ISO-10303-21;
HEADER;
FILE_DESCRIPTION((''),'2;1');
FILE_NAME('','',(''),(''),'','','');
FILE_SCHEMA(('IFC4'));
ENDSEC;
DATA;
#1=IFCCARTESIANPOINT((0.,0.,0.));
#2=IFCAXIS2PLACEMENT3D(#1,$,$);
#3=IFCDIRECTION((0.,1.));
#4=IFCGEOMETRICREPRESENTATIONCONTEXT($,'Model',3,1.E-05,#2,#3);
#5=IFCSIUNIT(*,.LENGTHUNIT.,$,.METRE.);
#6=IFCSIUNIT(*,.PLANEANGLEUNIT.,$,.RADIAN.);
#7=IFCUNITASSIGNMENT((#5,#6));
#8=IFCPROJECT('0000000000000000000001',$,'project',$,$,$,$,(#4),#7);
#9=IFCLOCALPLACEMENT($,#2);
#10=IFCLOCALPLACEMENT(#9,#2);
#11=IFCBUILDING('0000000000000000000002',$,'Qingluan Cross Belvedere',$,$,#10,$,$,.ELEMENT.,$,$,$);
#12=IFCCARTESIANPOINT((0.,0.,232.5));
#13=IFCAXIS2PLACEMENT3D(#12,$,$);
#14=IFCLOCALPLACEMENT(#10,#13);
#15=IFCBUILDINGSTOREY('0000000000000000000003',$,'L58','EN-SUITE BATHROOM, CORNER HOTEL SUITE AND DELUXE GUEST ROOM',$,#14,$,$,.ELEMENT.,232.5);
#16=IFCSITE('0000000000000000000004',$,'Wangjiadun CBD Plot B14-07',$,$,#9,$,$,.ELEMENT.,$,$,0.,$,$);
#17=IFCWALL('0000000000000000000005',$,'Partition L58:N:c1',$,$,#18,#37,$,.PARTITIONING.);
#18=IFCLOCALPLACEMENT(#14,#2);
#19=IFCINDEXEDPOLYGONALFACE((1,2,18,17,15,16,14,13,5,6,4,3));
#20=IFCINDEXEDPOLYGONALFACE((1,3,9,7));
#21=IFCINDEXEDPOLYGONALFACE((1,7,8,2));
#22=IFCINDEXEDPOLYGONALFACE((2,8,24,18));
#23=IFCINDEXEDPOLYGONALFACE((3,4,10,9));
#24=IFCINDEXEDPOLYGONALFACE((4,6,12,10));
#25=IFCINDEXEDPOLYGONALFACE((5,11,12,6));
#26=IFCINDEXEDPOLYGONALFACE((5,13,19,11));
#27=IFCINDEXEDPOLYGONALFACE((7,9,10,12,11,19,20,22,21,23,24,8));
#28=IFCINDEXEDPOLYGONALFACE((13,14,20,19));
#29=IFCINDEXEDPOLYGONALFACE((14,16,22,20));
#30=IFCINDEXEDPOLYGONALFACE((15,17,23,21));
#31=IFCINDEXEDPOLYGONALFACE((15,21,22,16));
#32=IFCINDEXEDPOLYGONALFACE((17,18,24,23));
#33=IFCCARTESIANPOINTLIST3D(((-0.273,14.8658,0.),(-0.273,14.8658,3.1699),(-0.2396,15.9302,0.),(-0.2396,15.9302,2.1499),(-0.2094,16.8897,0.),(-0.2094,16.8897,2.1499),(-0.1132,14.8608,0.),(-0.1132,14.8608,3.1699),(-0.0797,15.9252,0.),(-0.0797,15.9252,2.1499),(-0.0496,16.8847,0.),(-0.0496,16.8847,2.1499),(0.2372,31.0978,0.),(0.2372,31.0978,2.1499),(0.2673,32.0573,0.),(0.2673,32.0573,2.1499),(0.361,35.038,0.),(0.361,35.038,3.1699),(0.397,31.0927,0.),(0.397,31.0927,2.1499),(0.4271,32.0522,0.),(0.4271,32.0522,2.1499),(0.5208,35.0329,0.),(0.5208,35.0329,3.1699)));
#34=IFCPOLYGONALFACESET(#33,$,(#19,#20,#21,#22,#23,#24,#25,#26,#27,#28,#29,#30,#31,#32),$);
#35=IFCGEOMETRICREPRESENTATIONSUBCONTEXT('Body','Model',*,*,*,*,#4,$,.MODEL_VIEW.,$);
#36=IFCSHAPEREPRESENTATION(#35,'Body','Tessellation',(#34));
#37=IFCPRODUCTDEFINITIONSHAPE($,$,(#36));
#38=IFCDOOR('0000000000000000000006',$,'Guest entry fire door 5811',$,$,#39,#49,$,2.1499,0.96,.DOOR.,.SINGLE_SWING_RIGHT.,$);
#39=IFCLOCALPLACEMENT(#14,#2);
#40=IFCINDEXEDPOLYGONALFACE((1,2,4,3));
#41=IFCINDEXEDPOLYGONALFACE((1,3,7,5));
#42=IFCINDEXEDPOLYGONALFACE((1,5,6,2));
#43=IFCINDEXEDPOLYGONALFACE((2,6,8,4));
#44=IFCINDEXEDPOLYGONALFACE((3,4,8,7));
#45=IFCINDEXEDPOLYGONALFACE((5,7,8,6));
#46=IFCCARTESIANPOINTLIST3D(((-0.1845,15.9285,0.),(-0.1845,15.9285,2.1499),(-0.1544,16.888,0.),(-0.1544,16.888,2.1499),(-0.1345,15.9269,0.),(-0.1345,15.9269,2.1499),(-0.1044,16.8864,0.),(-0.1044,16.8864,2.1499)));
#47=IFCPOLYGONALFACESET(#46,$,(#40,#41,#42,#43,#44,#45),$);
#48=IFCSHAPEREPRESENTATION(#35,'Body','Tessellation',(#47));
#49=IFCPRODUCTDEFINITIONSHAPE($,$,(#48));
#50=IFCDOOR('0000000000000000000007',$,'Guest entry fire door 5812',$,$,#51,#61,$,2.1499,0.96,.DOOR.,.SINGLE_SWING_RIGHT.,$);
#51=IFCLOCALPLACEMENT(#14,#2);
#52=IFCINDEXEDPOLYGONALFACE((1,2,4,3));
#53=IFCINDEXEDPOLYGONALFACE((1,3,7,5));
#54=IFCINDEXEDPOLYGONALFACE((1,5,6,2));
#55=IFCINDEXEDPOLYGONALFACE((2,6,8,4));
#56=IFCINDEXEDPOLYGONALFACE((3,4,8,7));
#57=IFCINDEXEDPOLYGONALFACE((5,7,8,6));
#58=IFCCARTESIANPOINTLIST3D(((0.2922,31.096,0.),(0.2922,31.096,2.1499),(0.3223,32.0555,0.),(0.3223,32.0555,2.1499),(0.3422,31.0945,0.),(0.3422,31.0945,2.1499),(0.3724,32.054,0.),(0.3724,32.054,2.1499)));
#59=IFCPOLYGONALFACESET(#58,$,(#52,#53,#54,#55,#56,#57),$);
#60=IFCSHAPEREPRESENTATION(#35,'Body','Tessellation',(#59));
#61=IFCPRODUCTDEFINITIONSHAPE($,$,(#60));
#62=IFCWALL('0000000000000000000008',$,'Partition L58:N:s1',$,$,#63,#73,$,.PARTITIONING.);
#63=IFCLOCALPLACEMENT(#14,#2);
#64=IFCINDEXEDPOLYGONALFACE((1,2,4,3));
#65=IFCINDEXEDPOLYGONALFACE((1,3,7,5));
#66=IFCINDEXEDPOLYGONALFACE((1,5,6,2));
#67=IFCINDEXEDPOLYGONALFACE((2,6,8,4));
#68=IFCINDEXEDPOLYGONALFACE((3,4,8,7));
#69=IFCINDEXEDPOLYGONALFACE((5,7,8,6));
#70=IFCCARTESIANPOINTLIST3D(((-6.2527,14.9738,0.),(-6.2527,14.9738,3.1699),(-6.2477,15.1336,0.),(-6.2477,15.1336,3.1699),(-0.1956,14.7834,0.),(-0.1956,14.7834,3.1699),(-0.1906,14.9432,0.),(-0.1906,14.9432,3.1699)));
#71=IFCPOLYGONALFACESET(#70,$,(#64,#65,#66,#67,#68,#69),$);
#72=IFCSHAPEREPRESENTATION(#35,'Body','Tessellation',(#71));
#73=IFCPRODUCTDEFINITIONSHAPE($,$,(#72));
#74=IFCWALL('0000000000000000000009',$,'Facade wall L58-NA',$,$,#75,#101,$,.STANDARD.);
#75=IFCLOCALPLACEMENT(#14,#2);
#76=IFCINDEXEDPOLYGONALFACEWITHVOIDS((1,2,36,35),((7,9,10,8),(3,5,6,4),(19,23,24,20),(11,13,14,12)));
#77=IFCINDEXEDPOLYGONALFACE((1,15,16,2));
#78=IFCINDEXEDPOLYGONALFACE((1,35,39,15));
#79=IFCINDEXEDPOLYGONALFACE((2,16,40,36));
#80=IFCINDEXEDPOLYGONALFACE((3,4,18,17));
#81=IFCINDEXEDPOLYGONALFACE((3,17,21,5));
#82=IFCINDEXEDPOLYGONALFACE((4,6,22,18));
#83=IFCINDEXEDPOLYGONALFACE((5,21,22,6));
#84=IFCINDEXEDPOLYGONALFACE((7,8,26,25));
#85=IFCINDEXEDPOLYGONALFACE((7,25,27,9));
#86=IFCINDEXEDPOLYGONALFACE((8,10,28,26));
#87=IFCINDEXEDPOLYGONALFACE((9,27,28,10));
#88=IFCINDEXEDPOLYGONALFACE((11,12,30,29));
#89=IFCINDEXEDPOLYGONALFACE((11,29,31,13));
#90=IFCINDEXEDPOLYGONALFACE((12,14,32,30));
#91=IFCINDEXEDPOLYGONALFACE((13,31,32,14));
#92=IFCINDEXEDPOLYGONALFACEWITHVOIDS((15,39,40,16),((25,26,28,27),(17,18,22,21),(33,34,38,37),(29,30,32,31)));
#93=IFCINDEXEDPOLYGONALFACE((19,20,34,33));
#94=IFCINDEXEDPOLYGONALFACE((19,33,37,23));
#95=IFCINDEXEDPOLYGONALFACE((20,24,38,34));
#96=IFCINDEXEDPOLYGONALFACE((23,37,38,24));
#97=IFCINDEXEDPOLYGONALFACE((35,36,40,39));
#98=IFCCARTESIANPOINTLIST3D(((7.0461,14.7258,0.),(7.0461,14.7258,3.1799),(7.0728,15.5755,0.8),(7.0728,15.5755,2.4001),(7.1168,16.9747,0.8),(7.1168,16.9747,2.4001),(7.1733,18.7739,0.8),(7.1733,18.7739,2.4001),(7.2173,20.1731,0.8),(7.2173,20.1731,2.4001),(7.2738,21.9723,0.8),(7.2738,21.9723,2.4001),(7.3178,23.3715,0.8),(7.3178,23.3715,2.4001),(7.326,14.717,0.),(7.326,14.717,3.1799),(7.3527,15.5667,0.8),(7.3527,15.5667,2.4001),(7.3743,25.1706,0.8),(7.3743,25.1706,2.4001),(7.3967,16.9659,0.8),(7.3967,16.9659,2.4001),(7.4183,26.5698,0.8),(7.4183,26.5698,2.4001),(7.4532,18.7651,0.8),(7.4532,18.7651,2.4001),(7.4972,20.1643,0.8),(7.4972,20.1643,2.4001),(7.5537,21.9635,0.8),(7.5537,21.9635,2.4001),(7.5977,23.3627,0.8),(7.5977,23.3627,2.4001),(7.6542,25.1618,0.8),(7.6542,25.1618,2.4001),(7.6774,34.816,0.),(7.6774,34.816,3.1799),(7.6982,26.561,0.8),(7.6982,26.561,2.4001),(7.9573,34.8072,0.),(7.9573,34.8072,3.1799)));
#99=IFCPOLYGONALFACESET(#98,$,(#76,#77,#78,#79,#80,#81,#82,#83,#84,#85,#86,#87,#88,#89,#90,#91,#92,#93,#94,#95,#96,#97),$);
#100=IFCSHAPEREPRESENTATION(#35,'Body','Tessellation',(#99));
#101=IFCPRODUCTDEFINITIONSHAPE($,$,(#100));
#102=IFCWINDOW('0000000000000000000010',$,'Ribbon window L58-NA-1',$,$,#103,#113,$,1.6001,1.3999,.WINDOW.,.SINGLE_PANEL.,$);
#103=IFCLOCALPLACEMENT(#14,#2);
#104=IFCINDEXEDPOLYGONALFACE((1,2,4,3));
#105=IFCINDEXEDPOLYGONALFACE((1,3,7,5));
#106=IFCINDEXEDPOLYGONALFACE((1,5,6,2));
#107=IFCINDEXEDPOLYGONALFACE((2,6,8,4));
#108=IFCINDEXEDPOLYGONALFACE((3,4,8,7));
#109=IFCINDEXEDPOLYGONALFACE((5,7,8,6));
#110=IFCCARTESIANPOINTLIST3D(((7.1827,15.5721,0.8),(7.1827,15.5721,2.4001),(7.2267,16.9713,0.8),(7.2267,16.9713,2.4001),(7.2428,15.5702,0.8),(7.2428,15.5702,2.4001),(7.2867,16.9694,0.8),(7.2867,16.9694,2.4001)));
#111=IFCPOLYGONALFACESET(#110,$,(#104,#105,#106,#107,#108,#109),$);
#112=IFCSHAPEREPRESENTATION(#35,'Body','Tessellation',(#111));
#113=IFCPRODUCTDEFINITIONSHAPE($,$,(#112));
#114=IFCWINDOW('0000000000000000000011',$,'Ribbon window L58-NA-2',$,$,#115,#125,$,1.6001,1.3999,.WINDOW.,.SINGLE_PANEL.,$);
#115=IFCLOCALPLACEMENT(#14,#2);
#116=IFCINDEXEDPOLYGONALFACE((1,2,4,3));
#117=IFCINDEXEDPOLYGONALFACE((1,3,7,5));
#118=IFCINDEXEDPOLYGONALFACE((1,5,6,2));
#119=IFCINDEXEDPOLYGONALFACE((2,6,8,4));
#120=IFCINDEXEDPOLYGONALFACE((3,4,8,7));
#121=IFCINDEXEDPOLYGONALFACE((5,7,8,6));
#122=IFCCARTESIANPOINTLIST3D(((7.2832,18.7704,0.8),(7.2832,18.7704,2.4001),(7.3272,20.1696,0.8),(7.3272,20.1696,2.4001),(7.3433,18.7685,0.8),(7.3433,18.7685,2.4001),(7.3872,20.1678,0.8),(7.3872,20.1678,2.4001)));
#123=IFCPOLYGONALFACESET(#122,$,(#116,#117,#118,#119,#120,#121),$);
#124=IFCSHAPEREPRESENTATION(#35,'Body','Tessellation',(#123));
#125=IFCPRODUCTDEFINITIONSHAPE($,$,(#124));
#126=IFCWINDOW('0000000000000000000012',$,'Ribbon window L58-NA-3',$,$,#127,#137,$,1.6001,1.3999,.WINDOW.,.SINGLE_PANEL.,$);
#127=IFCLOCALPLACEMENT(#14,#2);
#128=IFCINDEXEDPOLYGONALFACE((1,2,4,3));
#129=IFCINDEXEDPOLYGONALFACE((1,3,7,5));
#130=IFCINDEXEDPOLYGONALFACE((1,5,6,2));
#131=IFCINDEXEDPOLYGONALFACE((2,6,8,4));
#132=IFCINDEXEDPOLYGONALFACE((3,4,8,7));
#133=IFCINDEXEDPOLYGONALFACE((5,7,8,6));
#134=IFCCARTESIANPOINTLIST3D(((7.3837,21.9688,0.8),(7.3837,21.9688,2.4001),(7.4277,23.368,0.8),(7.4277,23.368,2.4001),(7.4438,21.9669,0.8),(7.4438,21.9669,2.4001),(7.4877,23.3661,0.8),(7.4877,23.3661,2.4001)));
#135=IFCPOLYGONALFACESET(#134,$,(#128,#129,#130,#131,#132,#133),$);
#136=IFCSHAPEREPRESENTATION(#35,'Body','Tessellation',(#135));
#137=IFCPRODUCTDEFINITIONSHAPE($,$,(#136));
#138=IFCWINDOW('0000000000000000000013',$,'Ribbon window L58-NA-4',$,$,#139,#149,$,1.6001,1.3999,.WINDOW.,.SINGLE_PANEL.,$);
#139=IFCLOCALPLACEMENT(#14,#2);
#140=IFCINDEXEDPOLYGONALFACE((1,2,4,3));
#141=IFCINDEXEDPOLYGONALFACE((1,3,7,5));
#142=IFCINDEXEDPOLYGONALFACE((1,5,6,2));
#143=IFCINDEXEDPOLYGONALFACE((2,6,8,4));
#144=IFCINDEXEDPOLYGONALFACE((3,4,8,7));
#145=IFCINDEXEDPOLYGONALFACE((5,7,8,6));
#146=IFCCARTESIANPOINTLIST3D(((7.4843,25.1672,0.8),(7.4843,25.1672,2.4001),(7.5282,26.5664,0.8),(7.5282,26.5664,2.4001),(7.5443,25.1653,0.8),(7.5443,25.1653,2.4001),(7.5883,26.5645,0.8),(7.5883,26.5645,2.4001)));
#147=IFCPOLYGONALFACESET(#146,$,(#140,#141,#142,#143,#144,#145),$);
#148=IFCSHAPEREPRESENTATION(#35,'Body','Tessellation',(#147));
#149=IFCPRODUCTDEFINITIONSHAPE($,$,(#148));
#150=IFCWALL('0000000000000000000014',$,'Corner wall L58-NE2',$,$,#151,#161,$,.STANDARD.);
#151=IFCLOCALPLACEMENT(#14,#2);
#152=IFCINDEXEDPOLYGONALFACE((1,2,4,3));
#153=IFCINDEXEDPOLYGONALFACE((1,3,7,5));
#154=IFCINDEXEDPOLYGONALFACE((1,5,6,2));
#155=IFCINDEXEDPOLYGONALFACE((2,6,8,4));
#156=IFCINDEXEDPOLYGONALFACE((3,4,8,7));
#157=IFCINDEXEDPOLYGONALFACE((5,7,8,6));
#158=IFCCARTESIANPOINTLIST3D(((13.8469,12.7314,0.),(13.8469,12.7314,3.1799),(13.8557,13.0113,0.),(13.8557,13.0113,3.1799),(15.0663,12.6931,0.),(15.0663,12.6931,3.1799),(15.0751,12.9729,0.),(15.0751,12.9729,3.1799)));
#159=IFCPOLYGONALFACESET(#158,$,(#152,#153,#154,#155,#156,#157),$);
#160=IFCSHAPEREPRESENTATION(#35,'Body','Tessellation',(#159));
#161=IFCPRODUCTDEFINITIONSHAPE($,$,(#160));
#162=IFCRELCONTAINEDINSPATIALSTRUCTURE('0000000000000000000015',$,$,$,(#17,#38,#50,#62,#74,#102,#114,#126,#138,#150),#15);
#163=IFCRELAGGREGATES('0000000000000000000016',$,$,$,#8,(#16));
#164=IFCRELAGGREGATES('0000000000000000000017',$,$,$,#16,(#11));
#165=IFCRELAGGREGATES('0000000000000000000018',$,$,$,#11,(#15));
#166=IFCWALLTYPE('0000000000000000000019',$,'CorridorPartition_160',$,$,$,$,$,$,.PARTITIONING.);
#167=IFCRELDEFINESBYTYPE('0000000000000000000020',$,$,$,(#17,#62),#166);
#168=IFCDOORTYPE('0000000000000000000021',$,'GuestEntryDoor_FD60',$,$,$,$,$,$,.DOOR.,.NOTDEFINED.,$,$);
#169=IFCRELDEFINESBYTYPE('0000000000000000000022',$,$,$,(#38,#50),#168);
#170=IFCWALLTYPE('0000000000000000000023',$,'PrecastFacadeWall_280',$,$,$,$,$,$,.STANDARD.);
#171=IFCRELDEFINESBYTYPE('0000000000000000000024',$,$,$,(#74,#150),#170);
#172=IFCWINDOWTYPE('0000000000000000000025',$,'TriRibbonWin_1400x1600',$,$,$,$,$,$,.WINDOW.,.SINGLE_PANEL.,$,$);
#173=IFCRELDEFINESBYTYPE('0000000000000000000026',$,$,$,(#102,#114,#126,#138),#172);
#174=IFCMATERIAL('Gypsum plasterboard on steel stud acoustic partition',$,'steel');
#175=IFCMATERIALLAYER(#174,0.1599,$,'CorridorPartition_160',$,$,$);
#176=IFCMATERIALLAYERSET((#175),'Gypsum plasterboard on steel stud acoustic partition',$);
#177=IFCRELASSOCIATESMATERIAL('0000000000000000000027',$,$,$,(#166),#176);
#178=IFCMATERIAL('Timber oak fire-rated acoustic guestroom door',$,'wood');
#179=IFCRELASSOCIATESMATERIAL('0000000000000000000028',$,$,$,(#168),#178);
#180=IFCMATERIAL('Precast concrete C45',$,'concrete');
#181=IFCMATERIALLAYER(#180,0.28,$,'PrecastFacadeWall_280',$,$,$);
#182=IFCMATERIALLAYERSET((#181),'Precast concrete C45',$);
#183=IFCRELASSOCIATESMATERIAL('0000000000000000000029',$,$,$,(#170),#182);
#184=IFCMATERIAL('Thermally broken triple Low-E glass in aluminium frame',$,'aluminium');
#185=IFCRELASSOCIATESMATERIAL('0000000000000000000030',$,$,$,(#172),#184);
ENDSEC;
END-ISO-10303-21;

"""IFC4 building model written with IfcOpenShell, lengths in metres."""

from ifc_helpers import new_model, si_unit, direction, frame, frame_2d, origin, place, context, subcontext, project, spatial, rectangle, extrude, material, layer, layer_set, type_object, element, fill, save


model = new_model("IFC4")

# Units and contexts
model_context = context("Model", 3, precision=1e-05, world=origin(), true_north=direction((0.0, 1.0)))
body_context = subcontext(model_context, "Body", "Model", "MODEL_VIEW")
ifc_project = project(units=[si_unit("LENGTHUNIT", "METRE"), si_unit("PLANEANGLEUNIT", "RADIAN")], contexts=[model_context])

# Site, building, storey
site_placement = place(None, origin())
site = spatial("IfcSite", under=ifc_project, at=site_placement, Name="Wangjiadun CBD Plot B14-07", CompositionType="ELEMENT", RefElevation=0.0)
building_placement = place(site_placement, origin())
building = spatial("IfcBuilding", under=site, at=building_placement, Name="Qingluan Cross Belvedere", CompositionType="ELEMENT")
storey_placement = place(building_placement, frame((0.0, 0.0, 232.5)))
storey = spatial("IfcBuildingStorey", under=building, at=storey_placement, Name="L58", Description="EN-SUITE BATHROOM, CORNER HOTEL SUITE AND DELUXE GUEST ROOM", CompositionType="ELEMENT", Elevation=232.5)

# Shared definitions
ifc_material_1 = material(Name="Gypsum plasterboard on steel stud acoustic partition", Category="steel")
ifc_layer_1 = layer(ifc_material_1, 0.1599, Name="CorridorPartition_160")
ifc_layer_set_1 = layer_set([ifc_layer_1], Name="Gypsum plasterboard on steel stud acoustic partition")
wall_type_1 = type_object("IfcWallType", Name="CorridorPartition_160", PredefinedType="PARTITIONING", material=ifc_layer_set_1)

# Shared definitions
ifc_material_2 = material(Name="Timber oak fire-rated acoustic guestroom door", Category="wood")
door_type = type_object("IfcDoorType", Name="GuestEntryDoor_FD60", OperationType="NOTDEFINED", PredefinedType="DOOR", material=ifc_material_2)

# Wall, openings, doors
wall_1_placement = place(storey_placement, frame((-0.1931, 14.8633, 0.0), z_axis=(0.0, 0.0, 1.0), x_axis=(0.031416, 0.999506, 0.0)))
wall_1 = element("IfcWall", 1, at=wall_1_placement, inside=storey, type_object=wall_type_1, Name="Partition L58:N:c1", PredefinedType="PARTITIONING", context=body_context, shape_type="SweptSolid", body=[
    extrude(rectangle(XDim=20.1821, YDim=0.1599, at=frame_2d((10.0911, 0.0))), origin(), (0.0, 0.0, 1.0), 3.1699),
])
opening_1_placement = place(wall_1_placement, frame((1.0649, 0.0, 0.0)))
opening_1 = element("IfcOpeningElement", 2, at=opening_1_placement, cuts=wall_1, PredefinedType="OPENING", context=body_context, shape_type="SweptSolid", body=[
    extrude(rectangle(XDim=0.96, YDim=2.1499, at=frame_2d((0.48, 1.075))), frame((0.0, 0.0898, 0.0), z_axis=(0.0, -1.0, 0.0), x_axis=(1.0, 0.0, 0.0)), (0.0, 0.0, 1.0), 0.1799),
])
opening_2_placement = place(wall_1_placement, frame((16.24, 0.0, 0.0)))
opening_2 = element("IfcOpeningElement", 3, at=opening_2_placement, cuts=wall_1, PredefinedType="OPENING", context=body_context, shape_type="SweptSolid", body=[
    extrude(rectangle(XDim=0.96, YDim=2.1499, at=frame_2d((0.48, 1.075))), frame((0.0, 0.0898, 0.0), z_axis=(0.0, -1.0, 0.0), x_axis=(1.0, 0.0, 0.0)), (0.0, 0.0, 1.0), 0.1799),
])
door_1_placement = place(opening_1_placement, origin())
door_1 = element("IfcDoor", 4, at=door_1_placement, inside=storey, type_object=door_type, Name="Guest entry fire door 5811", OperationType="SINGLE_SWING_RIGHT", OverallHeight=2.1499, OverallWidth=0.96, PredefinedType="DOOR", context=body_context, shape_type="SweptSolid", body=[
    extrude(rectangle(XDim=0.96, YDim=2.1499, at=frame_2d((0.48, 1.075))), frame((0.0, 0.0249, 0.0), z_axis=(0.0, -1.0, 0.0), x_axis=(1.0, 0.0, 0.0)), (0.0, 0.0, 1.0), 0.05),
])
fill(opening_1, door_1)
door_2_placement = place(opening_2_placement, origin())
door_2 = element("IfcDoor", 5, at=door_2_placement, inside=storey, type_object=door_type, Name="Guest entry fire door 5812", OperationType="SINGLE_SWING_RIGHT", OverallHeight=2.1499, OverallWidth=0.96, PredefinedType="DOOR", context=body_context, shape_type="SweptSolid", body=[
    extrude(rectangle(XDim=0.96, YDim=2.1499, at=frame_2d((0.48, 1.075))), frame((0.0, 0.0249, 0.0), z_axis=(0.0, -1.0, 0.0), x_axis=(1.0, 0.0, 0.0)), (0.0, 0.0, 1.0), 0.05),
])
fill(opening_2, door_2)

# Wall
wall_2_placement = place(storey_placement, frame((-0.1931, 14.8633, 0.0), z_axis=(0.0, 0.0, 1.0), x_axis=(-0.999506, 0.031423, 0.0)))
element("IfcWall", 6, at=wall_2_placement, inside=storey, type_object=wall_type_1, Name="Partition L58:N:s1", PredefinedType="PARTITIONING", context=body_context, shape_type="SweptSolid", body=[
    extrude(rectangle(XDim=6.0601, YDim=0.1599, at=frame_2d((3.03, 0.0))), origin(), (0.0, 0.0, 1.0), 3.1699),
])

# Wall, openings, windows
ifc_material_3 = material(Name="Precast concrete C45", Category="concrete")
ifc_layer_2 = layer(ifc_material_3, 0.28, Name="PrecastFacadeWall_280")
ifc_layer_set_2 = layer_set([ifc_layer_2], Name="Precast concrete C45")
wall_type_2 = type_object("IfcWallType", Name="PrecastFacadeWall_280", PredefinedType="STANDARD", material=ifc_layer_set_2)
wall_3_placement = place(storey_placement, frame((7.186, 14.7214, 0.0), z_axis=(0.0, 0.0, 1.0), x_axis=(0.03141, 0.999507, 0.0)))
wall_3 = element("IfcWall", 7, at=wall_3_placement, inside=storey, type_object=wall_type_2, Name="Facade wall L58-NA", PredefinedType="STANDARD", context=body_context, shape_type="SweptSolid", body=[
    extrude(rectangle(XDim=20.1001, YDim=0.28, at=frame_2d((10.05, 0.0))), origin(), (0.0, 0.0, 1.0), 3.1799),
])
opening_3_placement = place(wall_3_placement, frame((0.8501, 0.0, 0.8)))
opening_3 = element("IfcOpeningElement", 8, at=opening_3_placement, cuts=wall_3, PredefinedType="OPENING", context=body_context, shape_type="SweptSolid", body=[
    extrude(rectangle(XDim=1.3999, YDim=1.6001, at=frame_2d((0.7, 0.8))), frame((0.0, 0.1499, 0.0), z_axis=(0.0, -1.0, 0.0), x_axis=(1.0, 0.0, 0.0)), (0.0, 0.0, 1.0), 0.3),
])
opening_4_placement = place(wall_3_placement, frame((4.05, 0.0, 0.8)))
opening_4 = element("IfcOpeningElement", 9, at=opening_4_placement, cuts=wall_3, PredefinedType="OPENING", context=body_context, shape_type="SweptSolid", body=[
    extrude(rectangle(XDim=1.3999, YDim=1.6001, at=frame_2d((0.7, 0.8))), frame((0.0, 0.1499, 0.0), z_axis=(0.0, -1.0, 0.0), x_axis=(1.0, 0.0, 0.0)), (0.0, 0.0, 1.0), 0.3),
])
opening_5_placement = place(wall_3_placement, frame((7.25, 0.0, 0.8)))
opening_5 = element("IfcOpeningElement", 10, at=opening_5_placement, cuts=wall_3, PredefinedType="OPENING", context=body_context, shape_type="SweptSolid", body=[
    extrude(rectangle(XDim=1.3999, YDim=1.6001, at=frame_2d((0.7, 0.8))), frame((0.0, 0.1499, 0.0), z_axis=(0.0, -1.0, 0.0), x_axis=(1.0, 0.0, 0.0)), (0.0, 0.0, 1.0), 0.3),
])
opening_6_placement = place(wall_3_placement, frame((10.45, 0.0, 0.8)))
opening_6 = element("IfcOpeningElement", 11, at=opening_6_placement, cuts=wall_3, PredefinedType="OPENING", context=body_context, shape_type="SweptSolid", body=[
    extrude(rectangle(XDim=1.3999, YDim=1.6001, at=frame_2d((0.7, 0.8))), frame((0.0, 0.1499, 0.0), z_axis=(0.0, -1.0, 0.0), x_axis=(1.0, 0.0, 0.0)), (0.0, 0.0, 1.0), 0.3),
])
ifc_material_4 = material(Name="Thermally broken triple Low-E glass in aluminium frame", Category="aluminium")
window_type = type_object("IfcWindowType", Name="TriRibbonWin_1400x1600", PartitioningType="SINGLE_PANEL", PredefinedType="WINDOW", material=ifc_material_4)
window_1_placement = place(opening_3_placement, origin())
window_1 = element("IfcWindow", 12, at=window_1_placement, inside=storey, type_object=window_type, Name="Ribbon window L58-NA-1", OverallHeight=1.6001, OverallWidth=1.3999, PartitioningType="SINGLE_PANEL", PredefinedType="WINDOW", context=body_context, shape_type="SweptSolid", body=[
    extrude(rectangle(XDim=1.3999, YDim=1.6001, at=frame_2d((0.7, 0.8))), frame((0.0, 0.03, 0.0), z_axis=(0.0, -1.0, 0.0), x_axis=(1.0, 0.0, 0.0)), (0.0, 0.0, 1.0), 0.0601),
])
fill(opening_3, window_1)
window_2_placement = place(opening_4_placement, origin())
window_2 = element("IfcWindow", 13, at=window_2_placement, inside=storey, type_object=window_type, Name="Ribbon window L58-NA-2", OverallHeight=1.6001, OverallWidth=1.3999, PartitioningType="SINGLE_PANEL", PredefinedType="WINDOW", context=body_context, shape_type="SweptSolid", body=[
    extrude(rectangle(XDim=1.3999, YDim=1.6001, at=frame_2d((0.7, 0.8))), frame((0.0, 0.03, 0.0), z_axis=(0.0, -1.0, 0.0), x_axis=(1.0, 0.0, 0.0)), (0.0, 0.0, 1.0), 0.0601),
])
fill(opening_4, window_2)
window_3_placement = place(opening_5_placement, origin())
window_3 = element("IfcWindow", 14, at=window_3_placement, inside=storey, type_object=window_type, Name="Ribbon window L58-NA-3", OverallHeight=1.6001, OverallWidth=1.3999, PartitioningType="SINGLE_PANEL", PredefinedType="WINDOW", context=body_context, shape_type="SweptSolid", body=[
    extrude(rectangle(XDim=1.3999, YDim=1.6001, at=frame_2d((0.7, 0.8))), frame((0.0, 0.03, 0.0), z_axis=(0.0, -1.0, 0.0), x_axis=(1.0, 0.0, 0.0)), (0.0, 0.0, 1.0), 0.0601),
])
fill(opening_5, window_3)
window_4_placement = place(opening_6_placement, origin())
window_4 = element("IfcWindow", 15, at=window_4_placement, inside=storey, type_object=window_type, Name="Ribbon window L58-NA-4", OverallHeight=1.6001, OverallWidth=1.3999, PartitioningType="SINGLE_PANEL", PredefinedType="WINDOW", context=body_context, shape_type="SweptSolid", body=[
    extrude(rectangle(XDim=1.3999, YDim=1.6001, at=frame_2d((0.7, 0.8))), frame((0.0, 0.03, 0.0), z_axis=(0.0, -1.0, 0.0), x_axis=(1.0, 0.0, 0.0)), (0.0, 0.0, 1.0), 0.0601),
])
fill(opening_6, window_4)

# Wall
wall_4_placement = place(storey_placement, frame((15.0706, 12.833, 0.0), z_axis=(0.0, 0.0, 1.0), x_axis=(-0.999506, 0.031416, 0.0)))
element("IfcWall", 16, at=wall_4_placement, inside=storey, type_object=wall_type_2, Name="Corner wall L58-NE2", PredefinedType="STANDARD", context=body_context, shape_type="SweptSolid", body=[
    extrude(rectangle(XDim=1.22, YDim=0.28, at=frame_2d((0.6099, 0.0))), origin(), (0.0, 0.0, 1.0), 3.1799),
])

save(model, "model.ifc")
